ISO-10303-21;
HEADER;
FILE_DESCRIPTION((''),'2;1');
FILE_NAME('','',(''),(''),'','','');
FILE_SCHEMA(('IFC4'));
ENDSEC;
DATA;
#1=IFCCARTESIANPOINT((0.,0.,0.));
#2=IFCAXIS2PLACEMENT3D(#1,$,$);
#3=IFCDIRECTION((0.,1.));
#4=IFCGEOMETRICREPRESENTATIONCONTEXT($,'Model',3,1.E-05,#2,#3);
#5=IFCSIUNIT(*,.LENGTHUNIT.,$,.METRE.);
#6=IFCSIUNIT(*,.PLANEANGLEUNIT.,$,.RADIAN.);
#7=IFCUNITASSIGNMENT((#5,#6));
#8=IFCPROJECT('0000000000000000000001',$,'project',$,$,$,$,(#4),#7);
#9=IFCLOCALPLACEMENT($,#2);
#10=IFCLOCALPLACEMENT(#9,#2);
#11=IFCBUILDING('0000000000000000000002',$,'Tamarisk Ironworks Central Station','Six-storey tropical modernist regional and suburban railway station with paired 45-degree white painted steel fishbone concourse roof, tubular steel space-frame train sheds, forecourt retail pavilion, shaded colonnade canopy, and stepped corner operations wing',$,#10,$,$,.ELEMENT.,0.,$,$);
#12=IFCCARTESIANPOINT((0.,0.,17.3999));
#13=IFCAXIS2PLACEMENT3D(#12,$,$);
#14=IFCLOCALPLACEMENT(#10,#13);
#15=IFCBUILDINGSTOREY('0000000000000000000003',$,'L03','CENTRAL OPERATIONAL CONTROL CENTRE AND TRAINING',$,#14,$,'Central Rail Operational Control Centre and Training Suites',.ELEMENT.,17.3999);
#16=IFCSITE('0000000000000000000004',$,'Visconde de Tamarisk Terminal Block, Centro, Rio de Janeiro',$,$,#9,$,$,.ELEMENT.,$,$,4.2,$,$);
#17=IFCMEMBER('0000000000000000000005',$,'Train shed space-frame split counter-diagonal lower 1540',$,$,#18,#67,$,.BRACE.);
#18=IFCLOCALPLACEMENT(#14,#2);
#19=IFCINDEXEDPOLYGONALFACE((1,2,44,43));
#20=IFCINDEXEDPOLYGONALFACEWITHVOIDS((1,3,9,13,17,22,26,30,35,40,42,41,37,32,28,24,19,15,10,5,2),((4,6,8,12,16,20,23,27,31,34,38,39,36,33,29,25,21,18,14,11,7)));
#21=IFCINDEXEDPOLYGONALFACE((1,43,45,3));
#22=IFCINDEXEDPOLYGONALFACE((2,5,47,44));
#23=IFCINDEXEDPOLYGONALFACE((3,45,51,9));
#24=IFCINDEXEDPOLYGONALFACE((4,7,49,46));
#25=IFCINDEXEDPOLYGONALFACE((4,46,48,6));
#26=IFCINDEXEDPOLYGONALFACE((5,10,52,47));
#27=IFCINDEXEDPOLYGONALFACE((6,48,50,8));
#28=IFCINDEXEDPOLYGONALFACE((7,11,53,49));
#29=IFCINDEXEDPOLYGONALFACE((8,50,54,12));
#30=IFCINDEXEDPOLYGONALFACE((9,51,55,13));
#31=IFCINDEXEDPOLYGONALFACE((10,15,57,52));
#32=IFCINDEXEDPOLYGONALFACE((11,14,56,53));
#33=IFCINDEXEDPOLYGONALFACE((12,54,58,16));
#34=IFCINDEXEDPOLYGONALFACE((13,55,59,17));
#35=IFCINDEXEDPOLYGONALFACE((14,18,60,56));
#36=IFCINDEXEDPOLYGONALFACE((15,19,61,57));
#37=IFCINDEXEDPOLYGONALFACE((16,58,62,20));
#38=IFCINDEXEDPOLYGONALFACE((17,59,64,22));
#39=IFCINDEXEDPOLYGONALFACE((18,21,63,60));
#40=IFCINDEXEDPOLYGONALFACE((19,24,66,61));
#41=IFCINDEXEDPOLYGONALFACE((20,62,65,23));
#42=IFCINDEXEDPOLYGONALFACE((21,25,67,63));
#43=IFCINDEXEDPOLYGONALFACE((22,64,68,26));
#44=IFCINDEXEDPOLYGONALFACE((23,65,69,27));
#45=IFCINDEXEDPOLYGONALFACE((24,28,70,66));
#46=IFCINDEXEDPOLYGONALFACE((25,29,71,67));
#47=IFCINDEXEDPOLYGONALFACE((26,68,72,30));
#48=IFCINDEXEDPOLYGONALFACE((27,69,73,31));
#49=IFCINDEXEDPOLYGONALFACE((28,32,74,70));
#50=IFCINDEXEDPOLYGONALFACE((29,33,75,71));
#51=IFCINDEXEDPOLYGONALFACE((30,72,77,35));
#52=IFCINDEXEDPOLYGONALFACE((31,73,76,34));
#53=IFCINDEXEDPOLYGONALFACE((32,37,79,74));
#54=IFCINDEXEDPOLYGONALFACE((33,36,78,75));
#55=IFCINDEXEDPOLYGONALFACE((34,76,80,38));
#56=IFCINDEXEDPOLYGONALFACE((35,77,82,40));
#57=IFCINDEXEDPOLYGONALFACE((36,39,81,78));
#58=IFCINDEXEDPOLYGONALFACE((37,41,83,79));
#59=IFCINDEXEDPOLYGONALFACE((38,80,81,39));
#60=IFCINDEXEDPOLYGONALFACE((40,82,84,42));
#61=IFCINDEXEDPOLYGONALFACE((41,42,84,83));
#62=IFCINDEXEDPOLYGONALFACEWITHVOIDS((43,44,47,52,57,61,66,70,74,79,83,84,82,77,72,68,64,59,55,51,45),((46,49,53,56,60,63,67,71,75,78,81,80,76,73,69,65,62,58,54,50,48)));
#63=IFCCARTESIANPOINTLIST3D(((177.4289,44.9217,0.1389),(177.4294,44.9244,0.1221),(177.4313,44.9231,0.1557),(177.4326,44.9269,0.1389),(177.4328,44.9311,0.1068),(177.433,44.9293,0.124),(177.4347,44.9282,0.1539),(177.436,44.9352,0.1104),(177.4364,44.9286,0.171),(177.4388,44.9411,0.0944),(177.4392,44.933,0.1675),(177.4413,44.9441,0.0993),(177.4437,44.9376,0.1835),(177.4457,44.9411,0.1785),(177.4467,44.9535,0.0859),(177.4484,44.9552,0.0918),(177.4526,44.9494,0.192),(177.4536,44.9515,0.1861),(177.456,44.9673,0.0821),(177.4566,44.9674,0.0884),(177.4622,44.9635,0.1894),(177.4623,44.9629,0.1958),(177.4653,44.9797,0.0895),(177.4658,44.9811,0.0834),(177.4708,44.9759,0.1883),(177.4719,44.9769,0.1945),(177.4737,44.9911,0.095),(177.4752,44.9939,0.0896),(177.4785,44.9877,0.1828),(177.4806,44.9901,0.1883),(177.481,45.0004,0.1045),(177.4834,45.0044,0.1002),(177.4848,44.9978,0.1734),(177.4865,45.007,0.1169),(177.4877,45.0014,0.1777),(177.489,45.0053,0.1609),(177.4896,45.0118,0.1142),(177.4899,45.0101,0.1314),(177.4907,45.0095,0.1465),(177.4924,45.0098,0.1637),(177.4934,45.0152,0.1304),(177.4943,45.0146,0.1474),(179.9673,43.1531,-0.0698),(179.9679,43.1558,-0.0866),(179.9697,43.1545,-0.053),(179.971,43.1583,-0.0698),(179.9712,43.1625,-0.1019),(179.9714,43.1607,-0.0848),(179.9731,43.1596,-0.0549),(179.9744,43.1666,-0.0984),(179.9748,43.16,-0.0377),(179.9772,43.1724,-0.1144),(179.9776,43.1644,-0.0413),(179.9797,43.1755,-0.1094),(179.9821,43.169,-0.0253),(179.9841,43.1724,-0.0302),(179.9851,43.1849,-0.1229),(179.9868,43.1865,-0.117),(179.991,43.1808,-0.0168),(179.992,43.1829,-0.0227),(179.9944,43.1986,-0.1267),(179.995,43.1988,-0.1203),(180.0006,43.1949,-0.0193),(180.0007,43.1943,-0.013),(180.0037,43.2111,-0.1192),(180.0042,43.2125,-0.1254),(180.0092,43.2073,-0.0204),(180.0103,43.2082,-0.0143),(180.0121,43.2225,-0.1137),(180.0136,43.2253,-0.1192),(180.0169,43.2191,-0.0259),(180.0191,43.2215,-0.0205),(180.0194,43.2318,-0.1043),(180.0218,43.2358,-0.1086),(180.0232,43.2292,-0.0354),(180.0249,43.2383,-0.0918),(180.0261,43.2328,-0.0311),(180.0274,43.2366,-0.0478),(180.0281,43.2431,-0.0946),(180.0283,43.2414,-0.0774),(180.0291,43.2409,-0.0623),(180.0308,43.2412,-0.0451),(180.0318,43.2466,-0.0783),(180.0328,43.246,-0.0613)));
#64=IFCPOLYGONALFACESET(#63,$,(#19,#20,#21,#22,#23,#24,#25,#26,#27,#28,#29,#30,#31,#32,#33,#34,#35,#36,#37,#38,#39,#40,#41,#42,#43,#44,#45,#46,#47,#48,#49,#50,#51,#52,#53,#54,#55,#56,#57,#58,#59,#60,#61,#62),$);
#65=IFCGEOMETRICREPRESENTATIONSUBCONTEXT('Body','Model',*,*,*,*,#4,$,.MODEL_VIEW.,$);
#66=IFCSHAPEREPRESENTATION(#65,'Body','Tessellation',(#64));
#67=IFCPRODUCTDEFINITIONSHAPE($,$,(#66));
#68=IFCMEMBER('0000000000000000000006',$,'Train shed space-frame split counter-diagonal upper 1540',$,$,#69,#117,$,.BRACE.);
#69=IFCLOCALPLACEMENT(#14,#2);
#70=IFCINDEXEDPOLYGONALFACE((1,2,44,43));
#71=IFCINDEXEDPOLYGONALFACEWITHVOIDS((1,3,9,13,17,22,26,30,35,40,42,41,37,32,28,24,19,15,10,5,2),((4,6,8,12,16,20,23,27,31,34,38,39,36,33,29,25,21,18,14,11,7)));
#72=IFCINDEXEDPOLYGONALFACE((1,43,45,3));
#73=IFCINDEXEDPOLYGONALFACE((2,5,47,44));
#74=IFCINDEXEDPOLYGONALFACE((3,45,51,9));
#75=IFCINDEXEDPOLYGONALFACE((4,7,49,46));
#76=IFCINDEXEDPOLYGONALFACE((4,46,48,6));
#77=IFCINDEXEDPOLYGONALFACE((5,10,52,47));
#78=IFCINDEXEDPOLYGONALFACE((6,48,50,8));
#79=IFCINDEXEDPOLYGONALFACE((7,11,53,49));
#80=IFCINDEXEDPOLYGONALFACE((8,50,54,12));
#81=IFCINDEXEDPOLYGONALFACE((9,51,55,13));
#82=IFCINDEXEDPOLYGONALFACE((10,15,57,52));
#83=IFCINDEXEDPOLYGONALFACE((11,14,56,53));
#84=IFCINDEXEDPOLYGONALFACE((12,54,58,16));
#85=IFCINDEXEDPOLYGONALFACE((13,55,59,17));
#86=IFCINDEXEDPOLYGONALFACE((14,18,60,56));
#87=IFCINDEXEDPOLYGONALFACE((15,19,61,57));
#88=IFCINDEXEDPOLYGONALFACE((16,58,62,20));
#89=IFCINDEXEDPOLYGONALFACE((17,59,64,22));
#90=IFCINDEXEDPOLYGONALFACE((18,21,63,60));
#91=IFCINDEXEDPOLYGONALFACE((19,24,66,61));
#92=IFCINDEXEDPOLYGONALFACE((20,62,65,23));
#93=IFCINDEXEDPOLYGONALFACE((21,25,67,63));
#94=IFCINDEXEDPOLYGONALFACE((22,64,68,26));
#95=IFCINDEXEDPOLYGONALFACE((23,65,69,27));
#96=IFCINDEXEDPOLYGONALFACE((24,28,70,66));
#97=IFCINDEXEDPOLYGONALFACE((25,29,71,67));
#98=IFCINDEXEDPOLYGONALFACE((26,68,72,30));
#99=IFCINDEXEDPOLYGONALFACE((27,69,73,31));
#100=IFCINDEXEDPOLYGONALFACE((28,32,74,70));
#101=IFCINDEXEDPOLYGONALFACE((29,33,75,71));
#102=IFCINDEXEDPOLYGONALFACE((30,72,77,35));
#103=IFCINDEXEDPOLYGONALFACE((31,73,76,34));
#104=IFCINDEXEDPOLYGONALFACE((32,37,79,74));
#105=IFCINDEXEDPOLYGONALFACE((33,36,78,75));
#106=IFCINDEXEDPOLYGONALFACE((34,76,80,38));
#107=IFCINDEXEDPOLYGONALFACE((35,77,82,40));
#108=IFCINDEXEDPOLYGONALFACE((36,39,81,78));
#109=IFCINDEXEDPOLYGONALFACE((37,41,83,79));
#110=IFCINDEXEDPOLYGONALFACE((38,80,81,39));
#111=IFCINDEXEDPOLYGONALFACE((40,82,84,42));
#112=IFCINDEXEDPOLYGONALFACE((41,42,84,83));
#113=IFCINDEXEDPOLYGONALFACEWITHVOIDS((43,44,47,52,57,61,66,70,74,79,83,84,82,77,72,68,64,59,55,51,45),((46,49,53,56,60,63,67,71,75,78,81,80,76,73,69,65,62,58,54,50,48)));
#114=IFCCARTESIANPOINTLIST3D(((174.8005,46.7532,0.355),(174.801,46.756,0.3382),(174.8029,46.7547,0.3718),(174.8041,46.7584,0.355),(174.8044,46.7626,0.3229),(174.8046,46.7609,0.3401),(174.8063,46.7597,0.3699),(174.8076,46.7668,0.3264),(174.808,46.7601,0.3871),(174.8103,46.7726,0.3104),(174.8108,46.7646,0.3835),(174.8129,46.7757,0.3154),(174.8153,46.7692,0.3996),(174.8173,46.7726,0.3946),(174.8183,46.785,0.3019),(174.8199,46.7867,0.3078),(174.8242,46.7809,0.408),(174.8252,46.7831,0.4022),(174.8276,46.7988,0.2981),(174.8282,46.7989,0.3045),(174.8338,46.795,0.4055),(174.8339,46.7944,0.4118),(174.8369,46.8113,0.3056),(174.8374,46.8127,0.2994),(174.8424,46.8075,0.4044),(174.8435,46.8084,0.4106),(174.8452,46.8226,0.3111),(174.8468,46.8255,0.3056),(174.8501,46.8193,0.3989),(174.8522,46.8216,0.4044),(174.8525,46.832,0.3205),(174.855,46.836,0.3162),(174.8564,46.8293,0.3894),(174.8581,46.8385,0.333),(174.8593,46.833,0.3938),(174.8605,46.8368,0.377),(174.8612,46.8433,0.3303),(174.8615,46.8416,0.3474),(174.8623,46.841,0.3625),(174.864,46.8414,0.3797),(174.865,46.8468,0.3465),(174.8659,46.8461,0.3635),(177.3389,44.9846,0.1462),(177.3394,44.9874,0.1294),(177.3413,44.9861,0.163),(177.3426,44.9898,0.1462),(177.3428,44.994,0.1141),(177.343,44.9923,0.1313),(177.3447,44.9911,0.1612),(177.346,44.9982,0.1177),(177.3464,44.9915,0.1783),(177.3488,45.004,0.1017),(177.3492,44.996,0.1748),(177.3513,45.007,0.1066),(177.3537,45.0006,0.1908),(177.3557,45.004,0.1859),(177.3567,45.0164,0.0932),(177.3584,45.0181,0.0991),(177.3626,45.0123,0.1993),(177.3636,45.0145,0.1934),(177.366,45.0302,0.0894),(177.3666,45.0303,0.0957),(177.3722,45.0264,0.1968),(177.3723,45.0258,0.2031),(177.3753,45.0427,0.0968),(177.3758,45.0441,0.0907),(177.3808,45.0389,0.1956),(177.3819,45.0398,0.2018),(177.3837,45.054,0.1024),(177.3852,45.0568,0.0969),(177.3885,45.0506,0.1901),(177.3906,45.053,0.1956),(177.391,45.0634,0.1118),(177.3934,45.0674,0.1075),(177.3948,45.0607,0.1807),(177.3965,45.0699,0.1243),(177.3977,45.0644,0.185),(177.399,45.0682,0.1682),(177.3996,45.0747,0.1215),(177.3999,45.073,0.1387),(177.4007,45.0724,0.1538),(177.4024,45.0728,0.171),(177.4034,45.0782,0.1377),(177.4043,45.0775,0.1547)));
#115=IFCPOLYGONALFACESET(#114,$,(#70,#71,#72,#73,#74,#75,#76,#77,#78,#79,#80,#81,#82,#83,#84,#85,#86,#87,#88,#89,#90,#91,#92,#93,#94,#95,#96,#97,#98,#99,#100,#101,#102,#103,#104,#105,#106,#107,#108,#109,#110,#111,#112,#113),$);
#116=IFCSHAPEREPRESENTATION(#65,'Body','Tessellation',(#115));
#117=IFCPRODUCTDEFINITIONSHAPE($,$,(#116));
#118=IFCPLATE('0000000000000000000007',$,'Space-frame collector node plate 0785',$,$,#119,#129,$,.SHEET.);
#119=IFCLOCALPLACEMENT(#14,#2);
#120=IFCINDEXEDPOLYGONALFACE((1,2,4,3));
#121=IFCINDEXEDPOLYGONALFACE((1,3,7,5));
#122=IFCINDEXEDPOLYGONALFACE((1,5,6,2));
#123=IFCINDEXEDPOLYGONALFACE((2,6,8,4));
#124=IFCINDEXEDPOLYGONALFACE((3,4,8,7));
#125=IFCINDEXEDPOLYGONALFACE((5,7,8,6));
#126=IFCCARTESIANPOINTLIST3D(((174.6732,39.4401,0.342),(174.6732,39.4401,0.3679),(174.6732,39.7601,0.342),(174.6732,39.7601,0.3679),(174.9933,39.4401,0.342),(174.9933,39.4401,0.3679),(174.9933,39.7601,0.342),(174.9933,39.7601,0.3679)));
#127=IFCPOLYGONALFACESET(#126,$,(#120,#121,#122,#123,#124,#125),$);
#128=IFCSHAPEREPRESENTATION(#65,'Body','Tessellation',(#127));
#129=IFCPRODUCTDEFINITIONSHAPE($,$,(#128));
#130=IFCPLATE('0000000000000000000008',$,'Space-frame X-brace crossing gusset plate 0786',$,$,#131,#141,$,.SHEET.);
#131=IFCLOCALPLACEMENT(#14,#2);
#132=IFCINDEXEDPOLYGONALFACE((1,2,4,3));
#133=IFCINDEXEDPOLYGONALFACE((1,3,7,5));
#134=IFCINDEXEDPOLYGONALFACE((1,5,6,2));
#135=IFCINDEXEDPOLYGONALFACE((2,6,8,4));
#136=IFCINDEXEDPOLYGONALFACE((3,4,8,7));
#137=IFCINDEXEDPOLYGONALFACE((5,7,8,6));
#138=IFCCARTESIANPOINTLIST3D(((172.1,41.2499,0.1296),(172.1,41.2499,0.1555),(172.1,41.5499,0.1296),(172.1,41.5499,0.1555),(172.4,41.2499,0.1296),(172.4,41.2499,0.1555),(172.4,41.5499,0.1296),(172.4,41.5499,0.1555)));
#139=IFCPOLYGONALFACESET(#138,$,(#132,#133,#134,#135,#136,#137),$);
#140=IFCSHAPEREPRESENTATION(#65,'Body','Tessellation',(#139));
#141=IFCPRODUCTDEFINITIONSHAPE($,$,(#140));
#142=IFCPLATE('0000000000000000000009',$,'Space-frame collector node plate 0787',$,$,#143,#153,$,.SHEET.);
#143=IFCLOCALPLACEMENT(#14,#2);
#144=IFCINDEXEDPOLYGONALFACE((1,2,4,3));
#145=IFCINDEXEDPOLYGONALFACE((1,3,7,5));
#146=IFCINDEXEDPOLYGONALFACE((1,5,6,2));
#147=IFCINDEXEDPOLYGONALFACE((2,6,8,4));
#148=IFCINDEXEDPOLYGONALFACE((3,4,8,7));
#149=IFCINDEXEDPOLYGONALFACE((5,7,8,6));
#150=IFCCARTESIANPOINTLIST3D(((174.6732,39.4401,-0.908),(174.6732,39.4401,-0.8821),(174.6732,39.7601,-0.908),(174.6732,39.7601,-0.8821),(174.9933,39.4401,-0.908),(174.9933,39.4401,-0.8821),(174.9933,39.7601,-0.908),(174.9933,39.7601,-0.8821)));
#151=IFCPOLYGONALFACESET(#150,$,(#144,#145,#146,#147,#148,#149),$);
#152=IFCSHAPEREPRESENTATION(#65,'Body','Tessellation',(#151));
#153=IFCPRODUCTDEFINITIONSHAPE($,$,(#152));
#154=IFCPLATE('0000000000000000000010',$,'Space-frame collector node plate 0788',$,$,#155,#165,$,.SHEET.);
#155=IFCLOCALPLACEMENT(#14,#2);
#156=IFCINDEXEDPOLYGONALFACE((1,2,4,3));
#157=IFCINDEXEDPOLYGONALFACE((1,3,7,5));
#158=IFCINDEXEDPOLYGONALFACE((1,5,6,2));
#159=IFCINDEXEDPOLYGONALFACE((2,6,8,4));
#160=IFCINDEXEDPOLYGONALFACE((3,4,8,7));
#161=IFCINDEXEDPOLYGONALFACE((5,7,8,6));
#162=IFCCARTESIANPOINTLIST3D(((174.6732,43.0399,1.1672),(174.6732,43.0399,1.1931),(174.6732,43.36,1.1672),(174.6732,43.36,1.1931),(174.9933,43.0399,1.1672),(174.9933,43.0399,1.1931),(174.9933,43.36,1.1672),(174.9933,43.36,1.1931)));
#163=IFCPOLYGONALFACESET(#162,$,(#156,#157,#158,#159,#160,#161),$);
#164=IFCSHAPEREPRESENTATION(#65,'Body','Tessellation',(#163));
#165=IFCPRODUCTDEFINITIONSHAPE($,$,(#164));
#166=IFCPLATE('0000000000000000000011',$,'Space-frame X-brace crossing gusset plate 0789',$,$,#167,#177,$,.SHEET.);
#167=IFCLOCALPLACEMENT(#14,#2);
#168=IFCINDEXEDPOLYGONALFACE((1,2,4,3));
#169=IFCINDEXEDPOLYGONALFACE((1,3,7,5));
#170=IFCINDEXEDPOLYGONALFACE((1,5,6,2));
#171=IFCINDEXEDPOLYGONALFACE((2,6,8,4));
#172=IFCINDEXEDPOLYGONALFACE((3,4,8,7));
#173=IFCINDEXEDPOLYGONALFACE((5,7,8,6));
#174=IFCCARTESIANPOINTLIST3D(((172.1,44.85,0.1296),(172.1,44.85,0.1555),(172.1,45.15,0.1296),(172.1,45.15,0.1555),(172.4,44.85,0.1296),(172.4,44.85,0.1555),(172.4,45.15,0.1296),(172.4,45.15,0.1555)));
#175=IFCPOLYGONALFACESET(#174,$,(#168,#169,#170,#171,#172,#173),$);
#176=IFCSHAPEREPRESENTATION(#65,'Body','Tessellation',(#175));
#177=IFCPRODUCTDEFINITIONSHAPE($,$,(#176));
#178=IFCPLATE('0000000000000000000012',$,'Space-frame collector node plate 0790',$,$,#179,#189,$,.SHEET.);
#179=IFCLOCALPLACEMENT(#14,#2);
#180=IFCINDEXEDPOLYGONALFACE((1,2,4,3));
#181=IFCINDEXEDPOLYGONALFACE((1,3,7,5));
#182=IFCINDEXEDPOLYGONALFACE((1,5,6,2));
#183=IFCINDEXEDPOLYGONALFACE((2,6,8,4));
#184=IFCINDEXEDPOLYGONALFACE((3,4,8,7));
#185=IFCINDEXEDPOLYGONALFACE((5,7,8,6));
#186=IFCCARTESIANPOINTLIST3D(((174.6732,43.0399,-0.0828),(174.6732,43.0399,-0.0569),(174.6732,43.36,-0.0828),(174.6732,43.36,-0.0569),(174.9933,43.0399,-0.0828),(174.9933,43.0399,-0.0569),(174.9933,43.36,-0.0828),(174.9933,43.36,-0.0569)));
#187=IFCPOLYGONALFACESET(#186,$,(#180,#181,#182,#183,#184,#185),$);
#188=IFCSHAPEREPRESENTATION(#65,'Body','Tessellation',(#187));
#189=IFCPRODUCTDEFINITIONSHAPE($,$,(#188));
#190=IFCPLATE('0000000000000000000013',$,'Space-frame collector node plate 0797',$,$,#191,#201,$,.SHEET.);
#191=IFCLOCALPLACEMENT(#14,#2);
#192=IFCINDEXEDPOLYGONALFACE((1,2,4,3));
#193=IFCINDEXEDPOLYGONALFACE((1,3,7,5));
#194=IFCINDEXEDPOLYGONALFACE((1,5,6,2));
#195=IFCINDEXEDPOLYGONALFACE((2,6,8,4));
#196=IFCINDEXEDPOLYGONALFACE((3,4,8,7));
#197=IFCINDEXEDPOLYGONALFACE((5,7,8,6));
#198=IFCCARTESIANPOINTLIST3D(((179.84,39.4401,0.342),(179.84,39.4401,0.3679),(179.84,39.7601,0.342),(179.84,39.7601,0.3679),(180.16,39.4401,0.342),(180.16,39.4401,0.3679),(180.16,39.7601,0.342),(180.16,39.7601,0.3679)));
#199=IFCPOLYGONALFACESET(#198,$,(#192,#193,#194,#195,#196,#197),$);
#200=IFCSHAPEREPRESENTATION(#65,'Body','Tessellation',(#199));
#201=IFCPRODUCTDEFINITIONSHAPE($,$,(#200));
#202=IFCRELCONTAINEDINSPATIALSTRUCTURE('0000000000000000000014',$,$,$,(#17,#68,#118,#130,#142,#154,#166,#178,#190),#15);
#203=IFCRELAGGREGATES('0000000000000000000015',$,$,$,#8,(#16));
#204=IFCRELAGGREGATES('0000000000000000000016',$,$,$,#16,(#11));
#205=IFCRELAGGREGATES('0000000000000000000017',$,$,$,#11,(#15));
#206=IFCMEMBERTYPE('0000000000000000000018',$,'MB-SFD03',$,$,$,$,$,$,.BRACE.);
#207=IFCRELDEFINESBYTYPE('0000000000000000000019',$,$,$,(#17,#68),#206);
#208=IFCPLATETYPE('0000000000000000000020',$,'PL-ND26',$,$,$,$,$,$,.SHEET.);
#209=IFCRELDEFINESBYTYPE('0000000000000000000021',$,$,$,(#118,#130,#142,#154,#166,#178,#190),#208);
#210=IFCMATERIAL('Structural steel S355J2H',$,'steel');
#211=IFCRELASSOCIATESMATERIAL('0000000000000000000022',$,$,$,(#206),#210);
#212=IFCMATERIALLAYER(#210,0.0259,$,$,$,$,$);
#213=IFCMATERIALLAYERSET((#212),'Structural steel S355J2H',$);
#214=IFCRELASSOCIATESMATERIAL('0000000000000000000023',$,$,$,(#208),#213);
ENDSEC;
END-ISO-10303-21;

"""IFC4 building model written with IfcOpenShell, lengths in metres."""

from ifc_helpers import new_model, si_unit, direction, frame, origin, origin_2d, place, context, subcontext, project, spatial, rectangle, hollow_circle, extrude, material, layer, layer_set, material_profile, profile_set, type_object, element, save


model = new_model("IFC4")

# Units and contexts
model_context = context("Model", 3, precision=1e-05, world=origin(), true_north=direction((0.0, 1.0)))
body_context = subcontext(model_context, "Body", "Model", "MODEL_VIEW")
ifc_project = project(units=[si_unit("LENGTHUNIT", "METRE"), si_unit("PLANEANGLEUNIT", "RADIAN")], contexts=[model_context])

# Site, building, storey
site_placement = place(None, origin())
site = spatial("IfcSite", under=ifc_project, at=site_placement, Name="Visconde de Tamarisk Terminal Block, Centro, Rio de Janeiro", CompositionType="ELEMENT", RefElevation=4.2)
building_placement = place(site_placement, origin())
building = spatial("IfcBuilding", under=site, at=building_placement, Name="Tamarisk Ironworks Central Station", Description="Six-storey tropical modernist regional and suburban railway station with paired 45-degree white painted steel fishbone concourse roof, tubular steel space-frame train sheds, forecourt retail pavilion, shaded colonnade canopy, and stepped corner operations wing", CompositionType="ELEMENT", ElevationOfRefHeight=0.0)
storey_placement = place(building_placement, frame((0.0, 0.0, 17.3999)))
storey = spatial("IfcBuildingStorey", under=building, at=storey_placement, Name="L03", Description="CENTRAL OPERATIONAL CONTROL CENTRE AND TRAINING", LongName="Central Rail Operational Control Centre and Training Suites", CompositionType="ELEMENT", Elevation=17.3999)

# Members
ifc_material = material(Name="Structural steel S355J2H", Category="steel")
ifc_material_profile_1 = material_profile(ifc_material, hollow_circle(Radius=0.0571, WallThickness=0.0063, at=origin_2d()), Name="CHS 114.3x6.3")
ifc_profile_set_1 = profile_set([ifc_material_profile_1], Name="Structural steel S355J2H")
member_type_1 = type_object("IfcMemberType", Name="MB-SFD03", PredefinedType="BRACE", material=ifc_profile_set_1)
for number, where, z_axis, x_axis, name in (
    (1, (180.0, 43.2, -0.0698), (-0.818625, 0.570369, 0.06732), (-0.571666, -0.820487, 0.0), "Train shed space-frame split counter-diagonal lower 1540"),
    (2, (177.3716, 45.0315, 0.1462), (-0.818625, 0.570369, 0.06732), (-0.571666, -0.820487, 0.0), "Train shed space-frame split counter-diagonal upper 1540"),
):
    element("IfcMember", number, at=place(storey_placement, frame(where, z_axis=z_axis, x_axis=x_axis)), inside=storey, type_object=member_type_1, Name=name, PredefinedType="BRACE", context=body_context, shape_type="SweptSolid", body=[
        extrude(hollow_circle(Radius=0.0571, WallThickness=0.0063, at=origin_2d()), origin(), (0.0, 0.0, 1.0), 3.1008),
    ])

# Plates
ifc_layer = layer(ifc_material, 0.0259)
ifc_layer_set = layer_set([ifc_layer], Name="Structural steel S355J2H")
plate_type = type_object("IfcPlateType", Name="PL-ND26", PredefinedType="SHEET", material=ifc_layer_set)
plate_1_placement = place(storey_placement, frame((174.8333, 39.6001, 0.342), z_axis=(0.0, 0.0, 1.0), x_axis=(1.0, 0.0, 0.0)))
element("IfcPlate", 3, at=plate_1_placement, inside=storey, type_object=plate_type, Name="Space-frame collector node plate 0785", PredefinedType="SHEET", context=body_context, shape_type="SweptSolid", body=[
    extrude(rectangle(XDim=0.3201, YDim=0.3201, at=origin_2d()), origin(), (0.0, 0.0, 1.0), 0.0259),
])
plate_2_placement = place(storey_placement, frame((172.25, 41.3999, 0.1296), z_axis=(0.0, 0.0, 1.0), x_axis=(1.0, 0.0, 0.0)))
element("IfcPlate", 4, at=plate_2_placement, inside=storey, type_object=plate_type, Name="Space-frame X-brace crossing gusset plate 0786", PredefinedType="SHEET", context=body_context, shape_type="SweptSolid", body=[
    extrude(rectangle(XDim=0.3, YDim=0.3, at=origin_2d()), origin(), (0.0, 0.0, 1.0), 0.0259),
])
for number, where, z_axis, x_axis, name in (
    (5, (174.8333, 39.6001, -0.908), (0.0, 0.0, 1.0), (1.0, 0.0, 0.0), "Space-frame collector node plate 0787"),
    (6, (174.8333, 43.2, 1.1672), (0.0, 0.0, 1.0), (1.0, 0.0, 0.0), "Space-frame collector node plate 0788"),
):
    element("IfcPlate", number, at=place(storey_placement, frame(where, z_axis=z_axis, x_axis=x_axis)), inside=storey, type_object=plate_type, Name=name, PredefinedType="SHEET", context=body_context, shape_type="SweptSolid", body=[
        extrude(rectangle(XDim=0.3201, YDim=0.3201, at=origin_2d()), origin(), (0.0, 0.0, 1.0), 0.0259),
    ])
plate_3_placement = place(storey_placement, frame((172.25, 45.0, 0.1296), z_axis=(0.0, 0.0, 1.0), x_axis=(1.0, 0.0, 0.0)))
element("IfcPlate", 7, at=plate_3_placement, inside=storey, type_object=plate_type, Name="Space-frame X-brace crossing gusset plate 0789", PredefinedType="SHEET", context=body_context, shape_type="SweptSolid", body=[
    extrude(rectangle(XDim=0.3, YDim=0.3, at=origin_2d()), origin(), (0.0, 0.0, 1.0), 0.0259),
])
for number, where, z_axis, x_axis, name in (
    (8, (174.8333, 43.2, -0.0828), (0.0, 0.0, 1.0), (1.0, 0.0, 0.0), "Space-frame collector node plate 0790"),
    (9, (180.0, 39.6001, 0.342), (0.0, 0.0, 1.0), (1.0, 0.0, 0.0), "Space-frame collector node plate 0797"),
):
    element("IfcPlate", number, at=place(storey_placement, frame(where, z_axis=z_axis, x_axis=x_axis)), inside=storey, type_object=plate_type, Name=name, PredefinedType="SHEET", context=body_context, shape_type="SweptSolid", body=[
        extrude(rectangle(XDim=0.3201, YDim=0.3201, at=origin_2d()), origin(), (0.0, 0.0, 1.0), 0.0259),
    ])

save(model, "model.ifc")
